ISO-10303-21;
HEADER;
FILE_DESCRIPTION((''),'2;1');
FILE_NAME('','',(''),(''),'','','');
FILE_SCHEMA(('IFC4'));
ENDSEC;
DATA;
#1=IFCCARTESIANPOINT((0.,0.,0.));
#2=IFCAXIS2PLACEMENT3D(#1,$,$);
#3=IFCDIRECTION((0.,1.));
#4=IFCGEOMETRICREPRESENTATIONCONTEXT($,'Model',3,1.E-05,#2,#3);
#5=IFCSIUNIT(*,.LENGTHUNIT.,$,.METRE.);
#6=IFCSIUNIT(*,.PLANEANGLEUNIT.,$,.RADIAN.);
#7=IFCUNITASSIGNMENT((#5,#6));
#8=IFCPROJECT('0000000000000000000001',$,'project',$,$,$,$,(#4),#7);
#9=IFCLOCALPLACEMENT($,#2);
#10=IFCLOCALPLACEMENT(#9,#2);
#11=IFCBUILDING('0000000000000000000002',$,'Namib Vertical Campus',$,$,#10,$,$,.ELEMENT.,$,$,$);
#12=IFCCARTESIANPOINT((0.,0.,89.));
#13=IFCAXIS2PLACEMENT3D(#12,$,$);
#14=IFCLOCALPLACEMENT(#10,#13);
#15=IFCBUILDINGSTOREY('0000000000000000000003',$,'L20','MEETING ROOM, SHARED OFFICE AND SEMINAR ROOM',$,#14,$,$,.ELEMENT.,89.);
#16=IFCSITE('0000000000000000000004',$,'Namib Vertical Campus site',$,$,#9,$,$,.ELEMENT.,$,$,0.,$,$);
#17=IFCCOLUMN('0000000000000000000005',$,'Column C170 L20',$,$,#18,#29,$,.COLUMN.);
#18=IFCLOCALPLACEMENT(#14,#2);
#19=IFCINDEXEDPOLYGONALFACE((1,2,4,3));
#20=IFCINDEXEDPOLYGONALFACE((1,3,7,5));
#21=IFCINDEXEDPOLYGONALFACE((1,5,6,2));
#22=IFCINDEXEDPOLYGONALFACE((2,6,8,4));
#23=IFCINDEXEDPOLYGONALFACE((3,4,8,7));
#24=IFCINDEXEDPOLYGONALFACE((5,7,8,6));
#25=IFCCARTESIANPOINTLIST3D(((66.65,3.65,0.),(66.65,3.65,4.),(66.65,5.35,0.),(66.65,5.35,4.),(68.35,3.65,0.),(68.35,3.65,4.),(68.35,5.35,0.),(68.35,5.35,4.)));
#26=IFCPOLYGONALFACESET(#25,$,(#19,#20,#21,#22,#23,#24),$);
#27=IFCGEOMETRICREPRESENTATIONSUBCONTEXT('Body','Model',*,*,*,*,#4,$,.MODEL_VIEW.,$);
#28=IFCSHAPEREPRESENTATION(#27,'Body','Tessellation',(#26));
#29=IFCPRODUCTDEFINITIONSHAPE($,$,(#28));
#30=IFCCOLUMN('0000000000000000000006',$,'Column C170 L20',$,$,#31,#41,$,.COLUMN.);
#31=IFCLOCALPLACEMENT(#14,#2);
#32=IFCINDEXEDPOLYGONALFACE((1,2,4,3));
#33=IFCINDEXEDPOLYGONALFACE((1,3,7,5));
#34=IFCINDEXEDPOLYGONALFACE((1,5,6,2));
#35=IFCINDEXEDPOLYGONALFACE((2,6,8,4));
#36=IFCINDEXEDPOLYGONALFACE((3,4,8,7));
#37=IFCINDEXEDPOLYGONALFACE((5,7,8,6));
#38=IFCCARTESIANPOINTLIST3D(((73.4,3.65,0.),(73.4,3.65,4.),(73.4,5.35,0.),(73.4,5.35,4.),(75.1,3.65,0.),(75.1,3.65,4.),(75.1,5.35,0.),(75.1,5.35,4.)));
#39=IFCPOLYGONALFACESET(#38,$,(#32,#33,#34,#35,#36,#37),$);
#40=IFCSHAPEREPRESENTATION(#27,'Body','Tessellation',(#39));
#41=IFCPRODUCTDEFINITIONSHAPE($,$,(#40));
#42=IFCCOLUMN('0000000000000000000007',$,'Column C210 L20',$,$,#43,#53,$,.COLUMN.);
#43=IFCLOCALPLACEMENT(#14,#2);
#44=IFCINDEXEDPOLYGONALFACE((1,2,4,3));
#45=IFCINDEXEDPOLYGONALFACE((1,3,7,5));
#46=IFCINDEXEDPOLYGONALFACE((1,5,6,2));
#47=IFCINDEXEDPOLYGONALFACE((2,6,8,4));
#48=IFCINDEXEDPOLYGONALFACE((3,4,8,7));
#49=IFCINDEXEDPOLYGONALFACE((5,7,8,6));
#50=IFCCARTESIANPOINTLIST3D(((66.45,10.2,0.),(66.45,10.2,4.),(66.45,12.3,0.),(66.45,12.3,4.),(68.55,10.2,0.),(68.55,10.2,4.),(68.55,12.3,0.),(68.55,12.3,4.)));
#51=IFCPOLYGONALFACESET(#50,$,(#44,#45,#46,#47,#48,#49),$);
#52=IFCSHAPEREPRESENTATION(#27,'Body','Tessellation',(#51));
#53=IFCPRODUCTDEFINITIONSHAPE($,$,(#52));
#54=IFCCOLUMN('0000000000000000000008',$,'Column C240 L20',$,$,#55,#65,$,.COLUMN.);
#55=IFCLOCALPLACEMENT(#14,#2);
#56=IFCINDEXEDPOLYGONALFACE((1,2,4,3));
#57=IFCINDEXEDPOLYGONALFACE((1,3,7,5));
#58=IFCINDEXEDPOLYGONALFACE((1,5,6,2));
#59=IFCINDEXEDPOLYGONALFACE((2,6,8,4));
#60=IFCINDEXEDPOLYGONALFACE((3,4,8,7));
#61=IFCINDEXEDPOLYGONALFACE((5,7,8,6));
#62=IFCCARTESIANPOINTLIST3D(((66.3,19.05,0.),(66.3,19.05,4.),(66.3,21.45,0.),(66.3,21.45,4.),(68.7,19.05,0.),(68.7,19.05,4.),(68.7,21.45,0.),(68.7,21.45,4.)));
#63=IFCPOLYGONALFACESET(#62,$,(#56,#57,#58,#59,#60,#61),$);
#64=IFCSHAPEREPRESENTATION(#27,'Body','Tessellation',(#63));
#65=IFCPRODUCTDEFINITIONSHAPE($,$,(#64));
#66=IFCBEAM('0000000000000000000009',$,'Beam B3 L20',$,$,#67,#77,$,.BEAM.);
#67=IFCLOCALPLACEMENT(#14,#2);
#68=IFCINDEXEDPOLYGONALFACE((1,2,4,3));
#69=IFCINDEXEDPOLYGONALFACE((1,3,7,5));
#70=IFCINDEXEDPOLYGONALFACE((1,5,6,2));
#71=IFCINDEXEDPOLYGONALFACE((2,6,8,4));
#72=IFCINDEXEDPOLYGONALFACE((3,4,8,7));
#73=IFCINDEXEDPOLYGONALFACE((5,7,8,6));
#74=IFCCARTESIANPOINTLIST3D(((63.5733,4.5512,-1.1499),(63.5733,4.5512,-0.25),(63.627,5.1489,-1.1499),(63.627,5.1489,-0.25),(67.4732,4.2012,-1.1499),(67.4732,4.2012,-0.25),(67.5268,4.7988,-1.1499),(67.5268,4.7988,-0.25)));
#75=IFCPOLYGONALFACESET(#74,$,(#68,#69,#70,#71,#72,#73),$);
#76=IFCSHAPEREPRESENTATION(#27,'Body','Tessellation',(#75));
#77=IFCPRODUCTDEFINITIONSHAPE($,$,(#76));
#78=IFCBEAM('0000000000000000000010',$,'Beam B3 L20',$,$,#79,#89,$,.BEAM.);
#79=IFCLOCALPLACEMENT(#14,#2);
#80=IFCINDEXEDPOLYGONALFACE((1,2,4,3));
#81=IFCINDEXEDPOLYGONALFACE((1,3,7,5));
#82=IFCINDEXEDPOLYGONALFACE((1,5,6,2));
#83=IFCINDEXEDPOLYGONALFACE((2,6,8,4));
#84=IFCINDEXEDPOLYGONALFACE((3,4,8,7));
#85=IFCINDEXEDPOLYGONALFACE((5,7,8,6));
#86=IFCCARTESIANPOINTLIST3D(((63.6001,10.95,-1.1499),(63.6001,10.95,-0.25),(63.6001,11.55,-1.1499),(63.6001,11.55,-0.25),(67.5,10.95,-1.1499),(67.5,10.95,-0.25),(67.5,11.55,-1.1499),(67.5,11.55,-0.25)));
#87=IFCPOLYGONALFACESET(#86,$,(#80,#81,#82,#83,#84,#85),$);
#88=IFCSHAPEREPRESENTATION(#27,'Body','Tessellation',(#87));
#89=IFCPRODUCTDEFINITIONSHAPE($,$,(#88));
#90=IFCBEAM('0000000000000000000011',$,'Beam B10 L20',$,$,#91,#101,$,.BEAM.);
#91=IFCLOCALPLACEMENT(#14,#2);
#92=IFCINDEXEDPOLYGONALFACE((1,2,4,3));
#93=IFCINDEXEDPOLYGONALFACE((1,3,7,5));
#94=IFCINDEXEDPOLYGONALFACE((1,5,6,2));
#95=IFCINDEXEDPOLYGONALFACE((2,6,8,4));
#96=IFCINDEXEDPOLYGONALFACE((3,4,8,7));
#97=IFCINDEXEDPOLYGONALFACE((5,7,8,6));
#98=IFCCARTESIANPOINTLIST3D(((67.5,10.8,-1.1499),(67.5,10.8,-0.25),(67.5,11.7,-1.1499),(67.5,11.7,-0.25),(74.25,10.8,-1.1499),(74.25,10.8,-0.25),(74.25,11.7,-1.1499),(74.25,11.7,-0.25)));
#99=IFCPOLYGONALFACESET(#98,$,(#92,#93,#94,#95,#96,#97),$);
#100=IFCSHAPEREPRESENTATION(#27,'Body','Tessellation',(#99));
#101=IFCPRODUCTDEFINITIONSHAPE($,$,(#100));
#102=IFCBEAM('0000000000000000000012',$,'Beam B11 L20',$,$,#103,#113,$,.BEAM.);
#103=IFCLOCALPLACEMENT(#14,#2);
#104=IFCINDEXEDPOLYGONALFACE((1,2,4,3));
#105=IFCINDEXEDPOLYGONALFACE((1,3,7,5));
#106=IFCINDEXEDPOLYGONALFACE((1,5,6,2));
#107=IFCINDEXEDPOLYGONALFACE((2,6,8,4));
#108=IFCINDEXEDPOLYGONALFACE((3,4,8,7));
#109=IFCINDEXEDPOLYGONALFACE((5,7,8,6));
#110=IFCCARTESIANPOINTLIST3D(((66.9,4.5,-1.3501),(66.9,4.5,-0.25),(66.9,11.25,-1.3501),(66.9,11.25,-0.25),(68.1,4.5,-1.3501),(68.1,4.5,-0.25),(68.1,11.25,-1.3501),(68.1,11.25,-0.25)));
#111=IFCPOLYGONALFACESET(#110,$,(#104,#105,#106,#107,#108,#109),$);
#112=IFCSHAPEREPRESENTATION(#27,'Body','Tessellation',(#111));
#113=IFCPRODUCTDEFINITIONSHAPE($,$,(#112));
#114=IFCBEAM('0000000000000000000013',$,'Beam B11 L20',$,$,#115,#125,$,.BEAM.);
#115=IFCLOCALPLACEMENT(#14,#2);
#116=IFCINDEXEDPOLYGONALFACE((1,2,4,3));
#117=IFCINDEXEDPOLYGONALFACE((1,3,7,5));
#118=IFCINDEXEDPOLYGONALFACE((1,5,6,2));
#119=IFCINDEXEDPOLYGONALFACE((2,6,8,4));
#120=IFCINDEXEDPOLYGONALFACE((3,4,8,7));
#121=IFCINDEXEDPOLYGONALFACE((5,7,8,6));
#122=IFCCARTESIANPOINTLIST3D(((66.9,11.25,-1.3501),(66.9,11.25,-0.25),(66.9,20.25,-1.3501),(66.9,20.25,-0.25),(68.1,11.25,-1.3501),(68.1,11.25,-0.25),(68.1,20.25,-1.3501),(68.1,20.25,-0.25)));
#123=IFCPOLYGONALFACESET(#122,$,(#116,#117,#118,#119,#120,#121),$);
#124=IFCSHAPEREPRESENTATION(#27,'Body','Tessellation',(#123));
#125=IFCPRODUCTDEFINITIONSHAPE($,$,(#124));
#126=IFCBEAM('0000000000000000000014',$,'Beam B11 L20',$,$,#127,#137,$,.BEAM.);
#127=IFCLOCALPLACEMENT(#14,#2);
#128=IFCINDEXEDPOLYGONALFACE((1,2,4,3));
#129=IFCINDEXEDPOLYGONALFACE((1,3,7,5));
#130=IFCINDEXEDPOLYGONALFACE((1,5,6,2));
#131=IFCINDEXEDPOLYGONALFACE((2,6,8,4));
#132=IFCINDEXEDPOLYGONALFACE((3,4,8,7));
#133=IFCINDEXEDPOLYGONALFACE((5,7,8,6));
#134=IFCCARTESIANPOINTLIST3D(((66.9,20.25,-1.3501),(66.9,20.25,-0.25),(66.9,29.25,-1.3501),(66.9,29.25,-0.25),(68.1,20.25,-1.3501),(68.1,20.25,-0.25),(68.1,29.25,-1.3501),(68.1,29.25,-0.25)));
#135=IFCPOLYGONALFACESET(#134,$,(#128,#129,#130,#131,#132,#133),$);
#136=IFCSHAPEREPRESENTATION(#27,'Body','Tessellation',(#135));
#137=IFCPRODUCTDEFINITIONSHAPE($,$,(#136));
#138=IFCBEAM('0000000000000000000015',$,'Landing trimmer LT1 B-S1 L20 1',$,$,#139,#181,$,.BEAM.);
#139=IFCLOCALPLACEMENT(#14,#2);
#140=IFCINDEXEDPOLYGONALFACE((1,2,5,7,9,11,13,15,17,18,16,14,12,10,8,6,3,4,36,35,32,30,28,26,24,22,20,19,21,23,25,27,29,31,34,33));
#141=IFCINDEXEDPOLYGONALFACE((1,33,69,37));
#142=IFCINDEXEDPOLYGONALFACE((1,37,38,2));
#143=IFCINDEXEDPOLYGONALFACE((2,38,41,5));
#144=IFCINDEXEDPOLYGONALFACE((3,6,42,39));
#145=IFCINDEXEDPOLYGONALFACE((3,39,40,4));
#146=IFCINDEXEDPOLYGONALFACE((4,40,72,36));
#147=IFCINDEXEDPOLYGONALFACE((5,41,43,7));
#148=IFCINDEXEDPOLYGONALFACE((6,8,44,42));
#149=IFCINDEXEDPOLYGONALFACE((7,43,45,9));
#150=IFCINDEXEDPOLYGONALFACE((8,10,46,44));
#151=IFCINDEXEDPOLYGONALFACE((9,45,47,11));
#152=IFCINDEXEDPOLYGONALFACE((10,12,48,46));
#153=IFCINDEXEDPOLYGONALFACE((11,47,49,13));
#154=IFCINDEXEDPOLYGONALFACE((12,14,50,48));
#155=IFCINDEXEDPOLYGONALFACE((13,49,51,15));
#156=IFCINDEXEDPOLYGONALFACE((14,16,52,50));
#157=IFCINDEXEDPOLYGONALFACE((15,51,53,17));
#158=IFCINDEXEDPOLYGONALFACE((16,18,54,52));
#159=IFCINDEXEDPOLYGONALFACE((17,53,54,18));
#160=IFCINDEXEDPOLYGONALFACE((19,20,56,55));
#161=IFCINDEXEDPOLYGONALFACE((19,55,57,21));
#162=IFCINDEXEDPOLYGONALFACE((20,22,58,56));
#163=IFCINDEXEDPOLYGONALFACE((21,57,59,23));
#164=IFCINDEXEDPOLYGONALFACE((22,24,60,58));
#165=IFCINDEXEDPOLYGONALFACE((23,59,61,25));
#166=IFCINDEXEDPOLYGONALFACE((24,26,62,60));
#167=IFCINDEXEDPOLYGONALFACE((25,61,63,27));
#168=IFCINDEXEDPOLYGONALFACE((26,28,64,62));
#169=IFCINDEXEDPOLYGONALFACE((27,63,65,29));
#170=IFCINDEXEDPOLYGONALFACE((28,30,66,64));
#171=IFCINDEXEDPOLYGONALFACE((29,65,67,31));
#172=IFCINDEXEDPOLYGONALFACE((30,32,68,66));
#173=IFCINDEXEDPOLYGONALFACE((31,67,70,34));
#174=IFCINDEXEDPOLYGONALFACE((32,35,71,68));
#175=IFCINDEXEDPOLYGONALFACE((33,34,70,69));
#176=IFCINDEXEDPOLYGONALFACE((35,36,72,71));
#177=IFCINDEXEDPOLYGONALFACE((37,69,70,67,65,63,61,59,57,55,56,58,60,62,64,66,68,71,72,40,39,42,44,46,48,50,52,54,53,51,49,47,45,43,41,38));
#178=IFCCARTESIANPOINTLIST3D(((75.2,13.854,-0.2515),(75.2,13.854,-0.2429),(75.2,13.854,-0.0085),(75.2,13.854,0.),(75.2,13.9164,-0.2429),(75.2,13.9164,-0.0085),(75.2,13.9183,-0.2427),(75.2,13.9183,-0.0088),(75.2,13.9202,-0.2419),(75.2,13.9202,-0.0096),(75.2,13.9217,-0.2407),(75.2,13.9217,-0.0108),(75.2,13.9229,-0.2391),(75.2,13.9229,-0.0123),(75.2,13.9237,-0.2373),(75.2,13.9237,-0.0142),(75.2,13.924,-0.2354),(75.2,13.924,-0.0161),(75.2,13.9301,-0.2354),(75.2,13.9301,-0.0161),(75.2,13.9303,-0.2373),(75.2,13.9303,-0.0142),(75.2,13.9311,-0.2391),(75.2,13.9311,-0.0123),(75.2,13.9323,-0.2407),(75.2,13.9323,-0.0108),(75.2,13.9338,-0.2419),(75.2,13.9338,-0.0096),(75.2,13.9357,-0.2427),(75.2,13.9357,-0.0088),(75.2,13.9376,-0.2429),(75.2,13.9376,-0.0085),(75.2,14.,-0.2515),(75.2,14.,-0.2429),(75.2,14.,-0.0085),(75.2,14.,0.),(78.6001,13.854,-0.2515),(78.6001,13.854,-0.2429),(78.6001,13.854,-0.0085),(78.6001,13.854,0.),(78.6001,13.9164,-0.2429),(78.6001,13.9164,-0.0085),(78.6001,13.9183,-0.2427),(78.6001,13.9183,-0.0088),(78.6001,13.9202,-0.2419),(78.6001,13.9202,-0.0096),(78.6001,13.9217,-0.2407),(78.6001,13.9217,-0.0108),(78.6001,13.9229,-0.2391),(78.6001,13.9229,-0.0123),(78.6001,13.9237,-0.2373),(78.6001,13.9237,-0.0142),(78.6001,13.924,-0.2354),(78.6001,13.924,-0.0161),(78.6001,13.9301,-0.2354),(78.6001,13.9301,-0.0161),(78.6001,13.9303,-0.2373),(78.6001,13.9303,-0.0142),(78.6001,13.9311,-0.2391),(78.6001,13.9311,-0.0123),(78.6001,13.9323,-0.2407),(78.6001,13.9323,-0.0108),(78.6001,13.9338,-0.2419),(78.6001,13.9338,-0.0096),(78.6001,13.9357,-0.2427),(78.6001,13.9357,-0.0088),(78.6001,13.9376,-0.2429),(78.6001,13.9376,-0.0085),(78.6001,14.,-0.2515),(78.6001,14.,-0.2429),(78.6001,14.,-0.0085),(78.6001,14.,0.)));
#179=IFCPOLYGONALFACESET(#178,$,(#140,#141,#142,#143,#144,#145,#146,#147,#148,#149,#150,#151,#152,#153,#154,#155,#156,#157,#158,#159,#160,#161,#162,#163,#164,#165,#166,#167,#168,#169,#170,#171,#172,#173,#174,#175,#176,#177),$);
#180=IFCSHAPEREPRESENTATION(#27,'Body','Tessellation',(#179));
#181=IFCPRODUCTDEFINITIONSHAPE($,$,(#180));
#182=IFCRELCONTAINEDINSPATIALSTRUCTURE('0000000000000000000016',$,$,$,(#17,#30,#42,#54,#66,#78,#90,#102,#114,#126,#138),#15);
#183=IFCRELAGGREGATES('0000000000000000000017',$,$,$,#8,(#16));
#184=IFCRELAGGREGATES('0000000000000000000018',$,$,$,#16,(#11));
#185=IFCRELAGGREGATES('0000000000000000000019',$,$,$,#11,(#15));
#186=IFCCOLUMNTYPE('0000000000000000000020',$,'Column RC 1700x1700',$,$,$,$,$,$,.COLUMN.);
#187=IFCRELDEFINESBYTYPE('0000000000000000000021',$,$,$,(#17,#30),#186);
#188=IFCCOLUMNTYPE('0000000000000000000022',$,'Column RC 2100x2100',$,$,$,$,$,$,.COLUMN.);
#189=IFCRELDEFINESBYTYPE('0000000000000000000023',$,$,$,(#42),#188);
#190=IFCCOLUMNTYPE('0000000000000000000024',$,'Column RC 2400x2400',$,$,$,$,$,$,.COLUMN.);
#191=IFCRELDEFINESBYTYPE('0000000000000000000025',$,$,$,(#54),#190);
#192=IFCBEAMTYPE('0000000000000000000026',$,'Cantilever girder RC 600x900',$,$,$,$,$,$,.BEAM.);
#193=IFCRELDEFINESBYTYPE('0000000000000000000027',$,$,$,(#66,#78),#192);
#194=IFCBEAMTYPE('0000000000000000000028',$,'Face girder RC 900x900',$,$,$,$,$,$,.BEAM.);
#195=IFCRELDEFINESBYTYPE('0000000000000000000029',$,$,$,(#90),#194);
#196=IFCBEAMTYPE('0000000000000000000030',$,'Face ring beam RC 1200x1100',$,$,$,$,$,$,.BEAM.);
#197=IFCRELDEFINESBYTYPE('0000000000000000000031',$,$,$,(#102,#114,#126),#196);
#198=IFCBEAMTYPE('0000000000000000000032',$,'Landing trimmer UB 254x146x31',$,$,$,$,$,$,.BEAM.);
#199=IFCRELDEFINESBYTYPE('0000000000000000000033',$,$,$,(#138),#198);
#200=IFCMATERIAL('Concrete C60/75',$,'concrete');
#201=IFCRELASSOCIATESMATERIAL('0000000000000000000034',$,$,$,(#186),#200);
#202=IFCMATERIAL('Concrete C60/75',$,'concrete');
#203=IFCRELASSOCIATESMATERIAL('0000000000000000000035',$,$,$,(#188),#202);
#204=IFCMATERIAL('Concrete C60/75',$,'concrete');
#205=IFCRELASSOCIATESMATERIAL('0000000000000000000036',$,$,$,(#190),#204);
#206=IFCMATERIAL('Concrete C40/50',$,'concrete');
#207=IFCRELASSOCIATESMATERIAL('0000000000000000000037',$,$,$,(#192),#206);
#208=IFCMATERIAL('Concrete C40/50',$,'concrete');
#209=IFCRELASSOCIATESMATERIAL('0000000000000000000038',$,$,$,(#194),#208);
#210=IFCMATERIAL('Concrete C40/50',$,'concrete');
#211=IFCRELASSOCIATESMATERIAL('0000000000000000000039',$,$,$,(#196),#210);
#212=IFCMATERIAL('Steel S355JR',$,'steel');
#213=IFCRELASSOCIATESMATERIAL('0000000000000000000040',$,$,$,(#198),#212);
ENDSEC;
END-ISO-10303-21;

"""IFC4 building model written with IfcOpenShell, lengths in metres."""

from ifc_helpers import new_model, si_unit, direction, frame, origin, origin_2d, place, context, subcontext, project, spatial, rectangle, i_section, extrude, material, material_profile, profile_set, type_object, element, save


model = new_model("IFC4")

# Units and contexts
model_context = context("Model", 3, precision=1e-05, world=origin(), true_north=direction((0.0, 1.0)))
body_context = subcontext(model_context, "Body", "Model", "MODEL_VIEW")
ifc_project = project(units=[si_unit("LENGTHUNIT", "METRE"), si_unit("PLANEANGLEUNIT", "RADIAN")], contexts=[model_context])

# Site, building, storey
site_placement = place(None, origin())
site = spatial("IfcSite", under=ifc_project, at=site_placement, Name="Namib Vertical Campus site", CompositionType="ELEMENT", RefElevation=0.0)
building_placement = place(site_placement, origin())
building = spatial("IfcBuilding", under=site, at=building_placement, Name="Namib Vertical Campus", CompositionType="ELEMENT")
storey_placement = place(building_placement, frame((0.0, 0.0, 89.0)))
storey = spatial("IfcBuildingStorey", under=building, at=storey_placement, Name="L20", Description="MEETING ROOM, SHARED OFFICE AND SEMINAR ROOM", CompositionType="ELEMENT", Elevation=89.0)

# Columns
ifc_material_1 = material(Name="Concrete C60/75", Category="concrete")
ifc_material_profile_1 = material_profile(ifc_material_1, rectangle(XDim=1.7, YDim=1.7, at=origin_2d()))
ifc_profile_set_1 = profile_set([ifc_material_profile_1], Name="Concrete C60/75")
column_type_1 = type_object("IfcColumnType", Name="Column RC 1700x1700", PredefinedType="COLUMN", material=ifc_profile_set_1)
for number, where, z_axis, x_axis, name in (
    (1, (67.5, 4.5, 0.0), (0.0, 0.0, 1.0), (1.0, 0.0, 0.0), "Column C170 L20"),
    (2, (74.25, 4.5, 0.0), (0.0, 0.0, 1.0), (1.0, 0.0, 0.0), "Column C170 L20"),
):
    element("IfcColumn", number, at=place(storey_placement, frame(where, z_axis=z_axis, x_axis=x_axis)), inside=storey, type_object=column_type_1, Name=name, PredefinedType="COLUMN", context=body_context, shape_type="SweptSolid", body=[
        extrude(rectangle(XDim=1.7, YDim=1.7, at=origin_2d()), origin(), (0.0, 0.0, 1.0), 4.0),
    ])
ifc_material_2 = material(Name="Concrete C60/75", Category="concrete")
ifc_material_profile_2 = material_profile(ifc_material_2, rectangle(XDim=2.1001, YDim=2.1001, at=origin_2d()))
ifc_profile_set_2 = profile_set([ifc_material_profile_2], Name="Concrete C60/75")
column_type_2 = type_object("IfcColumnType", Name="Column RC 2100x2100", PredefinedType="COLUMN", material=ifc_profile_set_2)
column_1_placement = place(storey_placement, frame((67.5, 11.25, 0.0), z_axis=(0.0, 0.0, 1.0), x_axis=(1.0, 0.0, 0.0)))
element("IfcColumn", 3, at=column_1_placement, inside=storey, type_object=column_type_2, Name="Column C210 L20", PredefinedType="COLUMN", context=body_context, shape_type="SweptSolid", body=[
    extrude(rectangle(XDim=2.1001, YDim=2.1001, at=origin_2d()), origin(), (0.0, 0.0, 1.0), 4.0),
])
ifc_material_3 = material(Name="Concrete C60/75", Category="concrete")
ifc_material_profile_3 = material_profile(ifc_material_3, rectangle(XDim=2.3999, YDim=2.3999, at=origin_2d()))
ifc_profile_set_3 = profile_set([ifc_material_profile_3], Name="Concrete C60/75")
column_type_3 = type_object("IfcColumnType", Name="Column RC 2400x2400", PredefinedType="COLUMN", material=ifc_profile_set_3)
column_2_placement = place(storey_placement, frame((67.5, 20.25, 0.0), z_axis=(0.0, 0.0, 1.0), x_axis=(1.0, 0.0, 0.0)))
element("IfcColumn", 4, at=column_2_placement, inside=storey, type_object=column_type_3, Name="Column C240 L20", PredefinedType="COLUMN", context=body_context, shape_type="SweptSolid", body=[
    extrude(rectangle(XDim=2.3999, YDim=2.3999, at=origin_2d()), origin(), (0.0, 0.0, 1.0), 4.0),
])

# Beams
ifc_material_4 = material(Name="Concrete C40/50", Category="concrete")
ifc_material_profile_4 = material_profile(ifc_material_4, rectangle(XDim=0.6001, YDim=0.8999, at=origin_2d()))
ifc_profile_set_4 = profile_set([ifc_material_profile_4], Name="Concrete C40/50")
beam_type_1 = type_object("IfcBeamType", Name="Cantilever girder RC 600x900", PredefinedType="BEAM", material=ifc_profile_set_4)
beam_1_placement = place(storey_placement, frame((67.5, 4.5, -0.7), z_axis=(-0.995995, 0.089411, 0.0), x_axis=(-0.089411, -0.995995, 0.0)))
element("IfcBeam", 5, at=beam_1_placement, inside=storey, type_object=beam_type_1, Name="Beam B3 L20", PredefinedType="BEAM", context=body_context, shape_type="SweptSolid", body=[
    extrude(rectangle(XDim=0.6001, YDim=0.8999, at=origin_2d()), origin(), (0.0, 0.0, 1.0), 3.9155),
])
beam_2_placement = place(storey_placement, frame((67.5, 11.25, -0.7), z_axis=(-1.0, 0.0, 0.0), x_axis=(0.0, -1.0, 0.0)))
element("IfcBeam", 6, at=beam_2_placement, inside=storey, type_object=beam_type_1, Name="Beam B3 L20", PredefinedType="BEAM", context=body_context, shape_type="SweptSolid", body=[
    extrude(rectangle(XDim=0.6001, YDim=0.8999, at=origin_2d()), origin(), (0.0, 0.0, 1.0), 3.8999),
])
ifc_material_5 = material(Name="Concrete C40/50", Category="concrete")
ifc_material_profile_5 = material_profile(ifc_material_5, rectangle(XDim=0.8999, YDim=0.8999, at=origin_2d()))
ifc_profile_set_5 = profile_set([ifc_material_profile_5], Name="Concrete C40/50")
beam_type_2 = type_object("IfcBeamType", Name="Face girder RC 900x900", PredefinedType="BEAM", material=ifc_profile_set_5)
beam_3_placement = place(storey_placement, frame((67.5, 11.25, -0.7), z_axis=(1.0, 0.0, 0.0), x_axis=(0.0, 1.0, 0.0)))
element("IfcBeam", 7, at=beam_3_placement, inside=storey, type_object=beam_type_2, Name="Beam B10 L20", PredefinedType="BEAM", context=body_context, shape_type="SweptSolid", body=[
    extrude(rectangle(XDim=0.8999, YDim=0.8999, at=origin_2d()), origin(), (0.0, 0.0, 1.0), 6.75),
])
ifc_material_6 = material(Name="Concrete C40/50", Category="concrete")
ifc_material_profile_6 = material_profile(ifc_material_6, rectangle(XDim=1.2, YDim=1.1001, at=origin_2d()))
ifc_profile_set_6 = profile_set([ifc_material_profile_6], Name="Concrete C40/50")
beam_type_3 = type_object("IfcBeamType", Name="Face ring beam RC 1200x1100", PredefinedType="BEAM", material=ifc_profile_set_6)
beam_4_placement = place(storey_placement, frame((67.5, 4.5, -0.8), z_axis=(0.0, 1.0, 0.0), x_axis=(-1.0, 0.0, 0.0)))
element("IfcBeam", 8, at=beam_4_placement, inside=storey, type_object=beam_type_3, Name="Beam B11 L20", PredefinedType="BEAM", context=body_context, shape_type="SweptSolid", body=[
    extrude(rectangle(XDim=1.2, YDim=1.1001, at=origin_2d()), origin(), (0.0, 0.0, 1.0), 6.75),
])
for number, where, z_axis, x_axis, name in (
    (9, (67.5, 11.25, -0.8), (0.0, 1.0, 0.0), (-1.0, 0.0, 0.0), "Beam B11 L20"),
    (10, (67.5, 20.25, -0.8), (0.0, 1.0, 0.0), (-1.0, 0.0, 0.0), "Beam B11 L20"),
):
    element("IfcBeam", number, at=place(storey_placement, frame(where, z_axis=z_axis, x_axis=x_axis)), inside=storey, type_object=beam_type_3, Name=name, PredefinedType="BEAM", context=body_context, shape_type="SweptSolid", body=[
        extrude(rectangle(XDim=1.2, YDim=1.1001, at=origin_2d()), origin(), (0.0, 0.0, 1.0), 9.0),
    ])
ifc_material_7 = material(Name="Steel S355JR", Category="steel")
ifc_material_profile_7 = material_profile(ifc_material_7, i_section(OverallWidth=0.146, OverallDepth=0.2515, WebThickness=0.0061, FlangeThickness=0.0085, FilletRadius=0.0076, at=origin_2d()))
ifc_profile_set_7 = profile_set([ifc_material_profile_7], Name="Steel S355JR")
beam_type_4 = type_object("IfcBeamType", Name="Landing trimmer UB 254x146x31", PredefinedType="BEAM", material=ifc_profile_set_7)
for number, where, z_axis, x_axis, name in (
    (11, (75.2, 13.927, -0.1257), (1.0, 0.0, 0.0), (0.0, 1.0, 0.0), "Landing trimmer LT1 B-S1 L20 1"),
):
    element("IfcBeam", number, at=place(storey_placement, frame(where, z_axis=z_axis, x_axis=x_axis)), inside=storey, type_object=beam_type_4, Name=name, PredefinedType="BEAM", context=body_context, shape_type="SweptSolid", body=[
        extrude(i_section(OverallWidth=0.146, OverallDepth=0.2515, WebThickness=0.0061, FlangeThickness=0.0085, FilletRadius=0.0076, at=origin_2d()), origin(), (0.0, 0.0, 1.0), 3.4001),
    ])

save(model, "model.ifc")
